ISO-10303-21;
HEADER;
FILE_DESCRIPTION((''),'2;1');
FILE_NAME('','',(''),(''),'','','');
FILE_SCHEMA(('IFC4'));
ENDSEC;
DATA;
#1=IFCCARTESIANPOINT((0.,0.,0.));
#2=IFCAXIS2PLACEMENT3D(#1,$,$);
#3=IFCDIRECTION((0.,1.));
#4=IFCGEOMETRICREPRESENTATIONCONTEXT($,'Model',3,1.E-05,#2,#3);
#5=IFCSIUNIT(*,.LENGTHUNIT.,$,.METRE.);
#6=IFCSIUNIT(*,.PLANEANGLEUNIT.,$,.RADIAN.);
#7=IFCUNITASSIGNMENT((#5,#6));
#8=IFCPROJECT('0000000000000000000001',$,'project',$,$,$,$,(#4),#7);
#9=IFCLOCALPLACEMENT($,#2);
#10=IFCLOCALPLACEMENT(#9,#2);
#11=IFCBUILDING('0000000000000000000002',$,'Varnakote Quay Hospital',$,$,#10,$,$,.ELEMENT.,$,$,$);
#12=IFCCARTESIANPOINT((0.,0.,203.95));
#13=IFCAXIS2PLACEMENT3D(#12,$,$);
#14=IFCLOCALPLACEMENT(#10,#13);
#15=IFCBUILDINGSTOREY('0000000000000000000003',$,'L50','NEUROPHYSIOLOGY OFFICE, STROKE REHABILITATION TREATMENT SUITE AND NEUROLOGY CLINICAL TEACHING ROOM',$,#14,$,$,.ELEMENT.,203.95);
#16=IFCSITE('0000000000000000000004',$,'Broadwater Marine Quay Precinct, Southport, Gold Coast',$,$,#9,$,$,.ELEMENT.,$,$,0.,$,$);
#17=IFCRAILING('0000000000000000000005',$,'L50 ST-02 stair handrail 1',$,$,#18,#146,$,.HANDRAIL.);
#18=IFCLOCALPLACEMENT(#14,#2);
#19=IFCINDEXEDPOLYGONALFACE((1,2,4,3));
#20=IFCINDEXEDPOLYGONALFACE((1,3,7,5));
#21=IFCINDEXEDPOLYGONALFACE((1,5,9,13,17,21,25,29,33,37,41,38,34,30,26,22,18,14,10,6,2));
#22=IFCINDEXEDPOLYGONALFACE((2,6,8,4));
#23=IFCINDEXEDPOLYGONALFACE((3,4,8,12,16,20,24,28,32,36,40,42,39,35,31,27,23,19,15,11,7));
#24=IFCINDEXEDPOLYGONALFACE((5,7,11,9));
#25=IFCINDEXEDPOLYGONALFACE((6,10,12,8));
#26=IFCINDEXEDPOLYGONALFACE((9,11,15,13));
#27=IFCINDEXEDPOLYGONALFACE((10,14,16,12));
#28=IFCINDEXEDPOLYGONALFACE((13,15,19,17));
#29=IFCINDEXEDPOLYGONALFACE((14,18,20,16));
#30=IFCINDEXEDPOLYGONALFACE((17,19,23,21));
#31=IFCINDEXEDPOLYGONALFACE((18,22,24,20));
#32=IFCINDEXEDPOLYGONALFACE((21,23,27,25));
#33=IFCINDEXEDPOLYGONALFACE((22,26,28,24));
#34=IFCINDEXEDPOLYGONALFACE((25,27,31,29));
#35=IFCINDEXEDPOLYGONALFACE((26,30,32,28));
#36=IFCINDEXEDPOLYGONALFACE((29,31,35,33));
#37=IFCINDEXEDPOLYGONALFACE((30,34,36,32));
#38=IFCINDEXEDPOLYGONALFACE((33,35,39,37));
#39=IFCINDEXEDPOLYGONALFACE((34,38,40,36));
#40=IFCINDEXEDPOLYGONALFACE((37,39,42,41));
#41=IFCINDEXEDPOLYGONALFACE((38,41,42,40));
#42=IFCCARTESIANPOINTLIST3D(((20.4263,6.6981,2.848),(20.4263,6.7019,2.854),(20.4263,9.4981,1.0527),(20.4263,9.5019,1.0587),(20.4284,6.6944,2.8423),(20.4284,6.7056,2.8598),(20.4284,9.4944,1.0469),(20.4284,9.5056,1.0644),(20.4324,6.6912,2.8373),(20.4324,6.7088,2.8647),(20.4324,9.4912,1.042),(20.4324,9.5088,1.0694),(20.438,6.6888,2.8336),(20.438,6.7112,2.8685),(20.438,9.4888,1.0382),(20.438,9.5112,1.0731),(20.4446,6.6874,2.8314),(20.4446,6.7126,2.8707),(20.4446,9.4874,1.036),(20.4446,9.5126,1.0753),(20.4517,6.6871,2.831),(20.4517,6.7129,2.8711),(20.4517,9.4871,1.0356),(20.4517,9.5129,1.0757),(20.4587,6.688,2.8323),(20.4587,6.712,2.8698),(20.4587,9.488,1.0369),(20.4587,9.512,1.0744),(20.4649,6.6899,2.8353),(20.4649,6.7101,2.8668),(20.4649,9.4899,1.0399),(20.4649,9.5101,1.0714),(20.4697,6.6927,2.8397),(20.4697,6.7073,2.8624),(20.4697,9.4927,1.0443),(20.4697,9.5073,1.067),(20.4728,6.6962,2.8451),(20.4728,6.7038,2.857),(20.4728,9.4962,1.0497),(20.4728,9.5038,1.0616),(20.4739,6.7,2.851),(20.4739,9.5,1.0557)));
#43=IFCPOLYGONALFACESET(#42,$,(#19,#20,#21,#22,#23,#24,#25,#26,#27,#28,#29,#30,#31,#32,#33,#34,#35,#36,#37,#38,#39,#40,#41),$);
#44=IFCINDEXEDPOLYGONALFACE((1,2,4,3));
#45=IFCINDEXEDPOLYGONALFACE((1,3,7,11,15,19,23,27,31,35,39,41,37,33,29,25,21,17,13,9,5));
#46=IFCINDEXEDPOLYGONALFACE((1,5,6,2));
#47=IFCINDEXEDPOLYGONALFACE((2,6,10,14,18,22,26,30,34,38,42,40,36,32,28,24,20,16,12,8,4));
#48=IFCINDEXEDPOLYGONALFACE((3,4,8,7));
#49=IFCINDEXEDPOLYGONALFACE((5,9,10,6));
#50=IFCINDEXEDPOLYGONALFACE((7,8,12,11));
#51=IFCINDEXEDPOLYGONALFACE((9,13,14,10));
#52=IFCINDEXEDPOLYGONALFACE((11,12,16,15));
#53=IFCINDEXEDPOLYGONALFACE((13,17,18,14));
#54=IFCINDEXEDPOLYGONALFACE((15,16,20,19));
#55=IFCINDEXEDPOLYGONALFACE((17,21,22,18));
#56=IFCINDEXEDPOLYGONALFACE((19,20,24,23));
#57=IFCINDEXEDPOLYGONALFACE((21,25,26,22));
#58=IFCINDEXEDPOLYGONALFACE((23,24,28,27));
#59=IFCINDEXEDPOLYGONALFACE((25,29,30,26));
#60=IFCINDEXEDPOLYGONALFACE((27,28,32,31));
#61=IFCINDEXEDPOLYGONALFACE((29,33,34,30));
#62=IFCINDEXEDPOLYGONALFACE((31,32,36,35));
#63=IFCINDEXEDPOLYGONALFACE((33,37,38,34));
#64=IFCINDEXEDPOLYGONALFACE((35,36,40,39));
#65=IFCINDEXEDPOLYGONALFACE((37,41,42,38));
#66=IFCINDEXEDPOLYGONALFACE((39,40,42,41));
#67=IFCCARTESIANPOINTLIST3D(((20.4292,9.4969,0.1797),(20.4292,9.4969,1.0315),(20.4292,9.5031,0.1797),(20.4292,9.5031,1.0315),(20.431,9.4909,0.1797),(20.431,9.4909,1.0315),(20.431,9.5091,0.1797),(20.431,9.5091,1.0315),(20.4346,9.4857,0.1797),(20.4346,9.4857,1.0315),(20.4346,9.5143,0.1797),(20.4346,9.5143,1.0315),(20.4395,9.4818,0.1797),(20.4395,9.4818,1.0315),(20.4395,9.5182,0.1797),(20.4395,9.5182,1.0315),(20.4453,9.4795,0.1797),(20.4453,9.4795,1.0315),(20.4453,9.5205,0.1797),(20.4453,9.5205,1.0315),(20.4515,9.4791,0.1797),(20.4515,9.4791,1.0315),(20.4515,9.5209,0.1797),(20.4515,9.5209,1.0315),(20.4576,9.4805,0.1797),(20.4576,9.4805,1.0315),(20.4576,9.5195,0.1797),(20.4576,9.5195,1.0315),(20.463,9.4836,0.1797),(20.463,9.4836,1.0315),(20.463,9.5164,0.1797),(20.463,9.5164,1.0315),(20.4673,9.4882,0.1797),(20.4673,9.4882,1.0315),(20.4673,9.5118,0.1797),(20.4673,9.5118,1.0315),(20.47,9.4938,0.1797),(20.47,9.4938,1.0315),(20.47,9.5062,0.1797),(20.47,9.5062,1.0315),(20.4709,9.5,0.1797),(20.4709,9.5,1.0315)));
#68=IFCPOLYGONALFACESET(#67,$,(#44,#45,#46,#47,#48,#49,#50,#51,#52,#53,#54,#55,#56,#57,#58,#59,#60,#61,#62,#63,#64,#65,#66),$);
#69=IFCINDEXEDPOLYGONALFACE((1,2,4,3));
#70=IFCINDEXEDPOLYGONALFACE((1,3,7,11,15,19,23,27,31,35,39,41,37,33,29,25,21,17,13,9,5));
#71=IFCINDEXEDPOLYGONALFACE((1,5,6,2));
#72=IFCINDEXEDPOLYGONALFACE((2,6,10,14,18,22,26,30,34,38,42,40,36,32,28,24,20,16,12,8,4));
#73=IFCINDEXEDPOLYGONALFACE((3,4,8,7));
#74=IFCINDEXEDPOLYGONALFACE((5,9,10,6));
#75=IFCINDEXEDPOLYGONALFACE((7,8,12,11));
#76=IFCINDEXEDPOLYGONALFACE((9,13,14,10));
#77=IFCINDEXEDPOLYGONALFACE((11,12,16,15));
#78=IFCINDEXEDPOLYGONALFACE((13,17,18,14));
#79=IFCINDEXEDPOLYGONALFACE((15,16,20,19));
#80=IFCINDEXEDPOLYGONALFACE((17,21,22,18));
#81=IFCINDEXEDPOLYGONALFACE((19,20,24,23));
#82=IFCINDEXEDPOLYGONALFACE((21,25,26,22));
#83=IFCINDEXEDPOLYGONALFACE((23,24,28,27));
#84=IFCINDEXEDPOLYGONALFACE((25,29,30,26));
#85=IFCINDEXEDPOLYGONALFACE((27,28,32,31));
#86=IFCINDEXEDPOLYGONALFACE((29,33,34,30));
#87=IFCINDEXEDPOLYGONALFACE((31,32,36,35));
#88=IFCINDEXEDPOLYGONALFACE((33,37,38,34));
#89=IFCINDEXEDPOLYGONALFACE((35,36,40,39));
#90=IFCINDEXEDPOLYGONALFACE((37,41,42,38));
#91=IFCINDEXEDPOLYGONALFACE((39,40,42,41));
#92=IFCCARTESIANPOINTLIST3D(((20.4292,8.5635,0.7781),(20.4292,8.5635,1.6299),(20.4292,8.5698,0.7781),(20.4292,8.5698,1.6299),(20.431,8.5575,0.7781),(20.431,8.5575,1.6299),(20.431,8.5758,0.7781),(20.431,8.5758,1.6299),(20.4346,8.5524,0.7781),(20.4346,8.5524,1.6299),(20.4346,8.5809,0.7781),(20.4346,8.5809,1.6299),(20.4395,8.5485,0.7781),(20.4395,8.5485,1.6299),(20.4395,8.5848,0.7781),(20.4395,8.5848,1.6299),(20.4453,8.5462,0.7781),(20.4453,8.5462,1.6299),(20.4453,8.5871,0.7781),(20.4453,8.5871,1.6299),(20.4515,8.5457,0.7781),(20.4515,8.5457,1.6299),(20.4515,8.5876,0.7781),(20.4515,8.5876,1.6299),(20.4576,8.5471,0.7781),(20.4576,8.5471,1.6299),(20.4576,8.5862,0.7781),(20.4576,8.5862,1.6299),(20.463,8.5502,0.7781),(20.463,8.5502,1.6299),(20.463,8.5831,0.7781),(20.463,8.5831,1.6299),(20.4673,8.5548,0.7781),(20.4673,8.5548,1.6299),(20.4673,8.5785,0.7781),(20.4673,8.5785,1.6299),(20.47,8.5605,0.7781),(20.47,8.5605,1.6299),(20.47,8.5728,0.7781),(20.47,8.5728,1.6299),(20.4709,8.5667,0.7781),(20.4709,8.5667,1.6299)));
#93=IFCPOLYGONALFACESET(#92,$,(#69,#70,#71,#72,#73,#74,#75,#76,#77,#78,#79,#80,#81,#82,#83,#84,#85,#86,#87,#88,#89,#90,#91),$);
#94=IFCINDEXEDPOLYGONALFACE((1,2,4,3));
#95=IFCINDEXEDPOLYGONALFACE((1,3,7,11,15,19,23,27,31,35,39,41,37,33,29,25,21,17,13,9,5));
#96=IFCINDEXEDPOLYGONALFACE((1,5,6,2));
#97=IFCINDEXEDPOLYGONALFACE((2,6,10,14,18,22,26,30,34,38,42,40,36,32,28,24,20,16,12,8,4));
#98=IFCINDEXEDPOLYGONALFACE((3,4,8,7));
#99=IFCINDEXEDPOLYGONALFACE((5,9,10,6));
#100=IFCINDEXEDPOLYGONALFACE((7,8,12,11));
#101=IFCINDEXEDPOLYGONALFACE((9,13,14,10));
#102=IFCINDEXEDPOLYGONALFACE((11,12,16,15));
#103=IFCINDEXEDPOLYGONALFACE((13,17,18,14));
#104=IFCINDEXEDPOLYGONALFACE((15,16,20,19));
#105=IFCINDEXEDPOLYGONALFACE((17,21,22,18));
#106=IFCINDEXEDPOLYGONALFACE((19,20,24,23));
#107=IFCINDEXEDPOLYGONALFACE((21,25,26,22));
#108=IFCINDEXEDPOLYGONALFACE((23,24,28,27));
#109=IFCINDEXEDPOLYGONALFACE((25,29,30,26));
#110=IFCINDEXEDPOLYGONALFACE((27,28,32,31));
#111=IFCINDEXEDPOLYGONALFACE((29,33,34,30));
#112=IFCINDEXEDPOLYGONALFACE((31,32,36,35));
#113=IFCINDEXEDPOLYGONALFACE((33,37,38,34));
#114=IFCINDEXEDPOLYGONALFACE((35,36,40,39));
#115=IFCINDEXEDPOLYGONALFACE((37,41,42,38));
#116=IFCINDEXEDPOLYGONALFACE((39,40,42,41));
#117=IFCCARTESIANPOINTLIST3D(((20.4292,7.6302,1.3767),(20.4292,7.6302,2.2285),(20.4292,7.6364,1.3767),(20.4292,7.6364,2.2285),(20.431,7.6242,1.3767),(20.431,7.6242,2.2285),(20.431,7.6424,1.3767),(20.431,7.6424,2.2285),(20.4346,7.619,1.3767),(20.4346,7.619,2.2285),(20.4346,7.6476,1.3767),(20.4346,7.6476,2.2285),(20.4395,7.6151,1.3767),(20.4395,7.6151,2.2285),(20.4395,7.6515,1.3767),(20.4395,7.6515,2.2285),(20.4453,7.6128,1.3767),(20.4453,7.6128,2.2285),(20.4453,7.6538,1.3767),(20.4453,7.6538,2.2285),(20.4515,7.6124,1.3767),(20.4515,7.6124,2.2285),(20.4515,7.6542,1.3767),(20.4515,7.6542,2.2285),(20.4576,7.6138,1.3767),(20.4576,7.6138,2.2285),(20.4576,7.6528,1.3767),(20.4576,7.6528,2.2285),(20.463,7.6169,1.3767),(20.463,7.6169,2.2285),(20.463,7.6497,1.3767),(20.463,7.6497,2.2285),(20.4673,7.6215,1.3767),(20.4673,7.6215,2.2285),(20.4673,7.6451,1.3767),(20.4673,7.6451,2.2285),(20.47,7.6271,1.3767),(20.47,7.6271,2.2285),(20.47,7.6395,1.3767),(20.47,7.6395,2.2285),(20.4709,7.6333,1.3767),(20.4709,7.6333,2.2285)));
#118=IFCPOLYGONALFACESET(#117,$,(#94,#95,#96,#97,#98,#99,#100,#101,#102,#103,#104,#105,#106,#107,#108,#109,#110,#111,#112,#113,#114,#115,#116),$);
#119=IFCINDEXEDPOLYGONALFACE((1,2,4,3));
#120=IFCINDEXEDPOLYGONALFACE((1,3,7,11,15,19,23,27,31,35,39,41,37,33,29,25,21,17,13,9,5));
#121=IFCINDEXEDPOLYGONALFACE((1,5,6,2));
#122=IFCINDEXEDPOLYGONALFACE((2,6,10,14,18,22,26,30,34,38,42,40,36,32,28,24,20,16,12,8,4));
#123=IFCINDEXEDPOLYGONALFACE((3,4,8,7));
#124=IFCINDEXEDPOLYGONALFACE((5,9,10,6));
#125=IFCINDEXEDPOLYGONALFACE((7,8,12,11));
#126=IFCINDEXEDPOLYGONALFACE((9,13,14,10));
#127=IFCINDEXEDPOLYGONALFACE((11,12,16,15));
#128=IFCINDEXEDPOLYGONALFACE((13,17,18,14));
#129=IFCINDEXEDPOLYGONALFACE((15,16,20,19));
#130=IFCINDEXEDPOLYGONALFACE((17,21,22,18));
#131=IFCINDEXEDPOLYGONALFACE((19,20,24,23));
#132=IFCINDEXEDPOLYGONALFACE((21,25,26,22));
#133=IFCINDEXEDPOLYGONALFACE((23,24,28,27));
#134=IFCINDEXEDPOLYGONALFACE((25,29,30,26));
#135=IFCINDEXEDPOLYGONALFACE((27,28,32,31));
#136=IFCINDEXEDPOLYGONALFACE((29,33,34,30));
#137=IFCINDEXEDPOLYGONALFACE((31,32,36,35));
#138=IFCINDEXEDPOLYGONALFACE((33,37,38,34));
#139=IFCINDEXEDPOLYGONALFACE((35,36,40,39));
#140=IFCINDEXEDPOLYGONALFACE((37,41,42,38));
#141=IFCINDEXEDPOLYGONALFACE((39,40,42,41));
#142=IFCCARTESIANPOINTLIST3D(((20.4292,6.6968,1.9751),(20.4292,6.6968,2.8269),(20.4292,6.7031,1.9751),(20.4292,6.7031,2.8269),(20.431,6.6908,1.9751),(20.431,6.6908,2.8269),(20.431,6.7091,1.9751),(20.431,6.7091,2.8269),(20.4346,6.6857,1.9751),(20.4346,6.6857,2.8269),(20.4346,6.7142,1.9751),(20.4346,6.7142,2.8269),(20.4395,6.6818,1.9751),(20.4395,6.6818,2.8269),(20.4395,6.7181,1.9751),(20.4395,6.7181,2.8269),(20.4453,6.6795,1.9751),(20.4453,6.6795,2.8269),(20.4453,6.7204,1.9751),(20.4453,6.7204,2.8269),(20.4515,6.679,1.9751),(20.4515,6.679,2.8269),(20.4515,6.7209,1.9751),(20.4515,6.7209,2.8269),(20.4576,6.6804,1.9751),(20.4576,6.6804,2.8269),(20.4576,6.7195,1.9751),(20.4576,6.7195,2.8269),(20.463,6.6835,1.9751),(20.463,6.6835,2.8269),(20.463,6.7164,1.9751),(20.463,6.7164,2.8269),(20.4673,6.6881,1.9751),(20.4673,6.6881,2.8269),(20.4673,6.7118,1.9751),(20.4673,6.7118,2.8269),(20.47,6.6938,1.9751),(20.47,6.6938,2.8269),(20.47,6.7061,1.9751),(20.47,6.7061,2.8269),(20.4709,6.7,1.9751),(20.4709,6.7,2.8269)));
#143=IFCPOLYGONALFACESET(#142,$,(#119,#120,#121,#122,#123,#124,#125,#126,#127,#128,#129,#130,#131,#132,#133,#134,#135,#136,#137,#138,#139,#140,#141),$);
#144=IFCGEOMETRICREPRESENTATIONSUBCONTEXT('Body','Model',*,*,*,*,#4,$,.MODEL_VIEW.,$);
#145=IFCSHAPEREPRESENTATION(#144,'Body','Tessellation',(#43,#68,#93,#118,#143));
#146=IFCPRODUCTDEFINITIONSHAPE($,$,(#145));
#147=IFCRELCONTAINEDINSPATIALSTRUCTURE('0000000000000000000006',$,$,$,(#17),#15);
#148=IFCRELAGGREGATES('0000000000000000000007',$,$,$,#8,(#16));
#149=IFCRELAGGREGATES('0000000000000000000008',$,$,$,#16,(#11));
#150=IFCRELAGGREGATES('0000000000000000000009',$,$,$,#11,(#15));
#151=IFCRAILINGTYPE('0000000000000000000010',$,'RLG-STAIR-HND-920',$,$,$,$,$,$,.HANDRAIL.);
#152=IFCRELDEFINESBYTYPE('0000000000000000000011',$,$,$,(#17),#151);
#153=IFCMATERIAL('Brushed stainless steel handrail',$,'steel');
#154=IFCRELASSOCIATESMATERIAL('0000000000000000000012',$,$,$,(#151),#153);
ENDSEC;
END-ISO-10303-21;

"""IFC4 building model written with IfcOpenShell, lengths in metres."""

from ifc_helpers import new_model, si_unit, direction, frame, origin, origin_2d, place, context, subcontext, project, spatial, circle, extrude, material, type_object, element, save


model = new_model("IFC4")

# Units and contexts
model_context = context("Model", 3, precision=1e-05, world=origin(), true_north=direction((0.0, 1.0)))
body_context = subcontext(model_context, "Body", "Model", "MODEL_VIEW")
ifc_project = project(units=[si_unit("LENGTHUNIT", "METRE"), si_unit("PLANEANGLEUNIT", "RADIAN")], contexts=[model_context])

# Site, building, storey
site_placement = place(None, origin())
site = spatial("IfcSite", under=ifc_project, at=site_placement, Name="Broadwater Marine Quay Precinct, Southport, Gold Coast", CompositionType="ELEMENT", RefElevation=0.0)
building_placement = place(site_placement, origin())
building = spatial("IfcBuilding", under=site, at=building_placement, Name="Varnakote Quay Hospital", CompositionType="ELEMENT")
storey_placement = place(building_placement, frame((0.0, 0.0, 203.95)))
storey = spatial("IfcBuildingStorey", under=building, at=storey_placement, Name="L50", Description="NEUROPHYSIOLOGY OFFICE, STROKE REHABILITATION TREATMENT SUITE AND NEUROLOGY CLINICAL TEACHING ROOM", CompositionType="ELEMENT", Elevation=203.95)

# Railing
ifc_material_1 = material(Name="Brushed stainless steel handrail", Category="steel")
railing_type_1 = type_object("IfcRailingType", Name="RLG-STAIR-HND-920", PredefinedType="HANDRAIL", material=ifc_material_1)
railing_1_placement = place(storey_placement, frame((20.45, 9.5, 0.1797)))
element("IfcRailing", 1, at=railing_1_placement, inside=storey, type_object=railing_type_1, Name="L50 ST-02 stair handrail 1", PredefinedType="HANDRAIL", context=body_context, shape_type="SweptSolid", body=[
    extrude(circle(Radius=0.0239, at=origin_2d()), frame((0.0, 0.0, 0.876), z_axis=(0.0, -0.84181, 0.539774), x_axis=(1.0, 0.0, 0.0)), (0.0, 0.0, 1.0), 3.3262),
    extrude(circle(Radius=0.021, at=origin_2d()), origin(), (0.0, 0.0, 1.0), 0.8518),
    extrude(circle(Radius=0.021, at=origin_2d()), frame((0.0, -0.9333, 0.5984)), (0.0, 0.0, 1.0), 0.8518),
    extrude(circle(Radius=0.021, at=origin_2d()), frame((0.0, -1.8667, 1.197)), (0.0, 0.0, 1.0), 0.8518),
    extrude(circle(Radius=0.021, at=origin_2d()), frame((0.0, -2.8, 1.7954)), (0.0, 0.0, 1.0), 0.8518),
])

save(model, "model.ifc")
